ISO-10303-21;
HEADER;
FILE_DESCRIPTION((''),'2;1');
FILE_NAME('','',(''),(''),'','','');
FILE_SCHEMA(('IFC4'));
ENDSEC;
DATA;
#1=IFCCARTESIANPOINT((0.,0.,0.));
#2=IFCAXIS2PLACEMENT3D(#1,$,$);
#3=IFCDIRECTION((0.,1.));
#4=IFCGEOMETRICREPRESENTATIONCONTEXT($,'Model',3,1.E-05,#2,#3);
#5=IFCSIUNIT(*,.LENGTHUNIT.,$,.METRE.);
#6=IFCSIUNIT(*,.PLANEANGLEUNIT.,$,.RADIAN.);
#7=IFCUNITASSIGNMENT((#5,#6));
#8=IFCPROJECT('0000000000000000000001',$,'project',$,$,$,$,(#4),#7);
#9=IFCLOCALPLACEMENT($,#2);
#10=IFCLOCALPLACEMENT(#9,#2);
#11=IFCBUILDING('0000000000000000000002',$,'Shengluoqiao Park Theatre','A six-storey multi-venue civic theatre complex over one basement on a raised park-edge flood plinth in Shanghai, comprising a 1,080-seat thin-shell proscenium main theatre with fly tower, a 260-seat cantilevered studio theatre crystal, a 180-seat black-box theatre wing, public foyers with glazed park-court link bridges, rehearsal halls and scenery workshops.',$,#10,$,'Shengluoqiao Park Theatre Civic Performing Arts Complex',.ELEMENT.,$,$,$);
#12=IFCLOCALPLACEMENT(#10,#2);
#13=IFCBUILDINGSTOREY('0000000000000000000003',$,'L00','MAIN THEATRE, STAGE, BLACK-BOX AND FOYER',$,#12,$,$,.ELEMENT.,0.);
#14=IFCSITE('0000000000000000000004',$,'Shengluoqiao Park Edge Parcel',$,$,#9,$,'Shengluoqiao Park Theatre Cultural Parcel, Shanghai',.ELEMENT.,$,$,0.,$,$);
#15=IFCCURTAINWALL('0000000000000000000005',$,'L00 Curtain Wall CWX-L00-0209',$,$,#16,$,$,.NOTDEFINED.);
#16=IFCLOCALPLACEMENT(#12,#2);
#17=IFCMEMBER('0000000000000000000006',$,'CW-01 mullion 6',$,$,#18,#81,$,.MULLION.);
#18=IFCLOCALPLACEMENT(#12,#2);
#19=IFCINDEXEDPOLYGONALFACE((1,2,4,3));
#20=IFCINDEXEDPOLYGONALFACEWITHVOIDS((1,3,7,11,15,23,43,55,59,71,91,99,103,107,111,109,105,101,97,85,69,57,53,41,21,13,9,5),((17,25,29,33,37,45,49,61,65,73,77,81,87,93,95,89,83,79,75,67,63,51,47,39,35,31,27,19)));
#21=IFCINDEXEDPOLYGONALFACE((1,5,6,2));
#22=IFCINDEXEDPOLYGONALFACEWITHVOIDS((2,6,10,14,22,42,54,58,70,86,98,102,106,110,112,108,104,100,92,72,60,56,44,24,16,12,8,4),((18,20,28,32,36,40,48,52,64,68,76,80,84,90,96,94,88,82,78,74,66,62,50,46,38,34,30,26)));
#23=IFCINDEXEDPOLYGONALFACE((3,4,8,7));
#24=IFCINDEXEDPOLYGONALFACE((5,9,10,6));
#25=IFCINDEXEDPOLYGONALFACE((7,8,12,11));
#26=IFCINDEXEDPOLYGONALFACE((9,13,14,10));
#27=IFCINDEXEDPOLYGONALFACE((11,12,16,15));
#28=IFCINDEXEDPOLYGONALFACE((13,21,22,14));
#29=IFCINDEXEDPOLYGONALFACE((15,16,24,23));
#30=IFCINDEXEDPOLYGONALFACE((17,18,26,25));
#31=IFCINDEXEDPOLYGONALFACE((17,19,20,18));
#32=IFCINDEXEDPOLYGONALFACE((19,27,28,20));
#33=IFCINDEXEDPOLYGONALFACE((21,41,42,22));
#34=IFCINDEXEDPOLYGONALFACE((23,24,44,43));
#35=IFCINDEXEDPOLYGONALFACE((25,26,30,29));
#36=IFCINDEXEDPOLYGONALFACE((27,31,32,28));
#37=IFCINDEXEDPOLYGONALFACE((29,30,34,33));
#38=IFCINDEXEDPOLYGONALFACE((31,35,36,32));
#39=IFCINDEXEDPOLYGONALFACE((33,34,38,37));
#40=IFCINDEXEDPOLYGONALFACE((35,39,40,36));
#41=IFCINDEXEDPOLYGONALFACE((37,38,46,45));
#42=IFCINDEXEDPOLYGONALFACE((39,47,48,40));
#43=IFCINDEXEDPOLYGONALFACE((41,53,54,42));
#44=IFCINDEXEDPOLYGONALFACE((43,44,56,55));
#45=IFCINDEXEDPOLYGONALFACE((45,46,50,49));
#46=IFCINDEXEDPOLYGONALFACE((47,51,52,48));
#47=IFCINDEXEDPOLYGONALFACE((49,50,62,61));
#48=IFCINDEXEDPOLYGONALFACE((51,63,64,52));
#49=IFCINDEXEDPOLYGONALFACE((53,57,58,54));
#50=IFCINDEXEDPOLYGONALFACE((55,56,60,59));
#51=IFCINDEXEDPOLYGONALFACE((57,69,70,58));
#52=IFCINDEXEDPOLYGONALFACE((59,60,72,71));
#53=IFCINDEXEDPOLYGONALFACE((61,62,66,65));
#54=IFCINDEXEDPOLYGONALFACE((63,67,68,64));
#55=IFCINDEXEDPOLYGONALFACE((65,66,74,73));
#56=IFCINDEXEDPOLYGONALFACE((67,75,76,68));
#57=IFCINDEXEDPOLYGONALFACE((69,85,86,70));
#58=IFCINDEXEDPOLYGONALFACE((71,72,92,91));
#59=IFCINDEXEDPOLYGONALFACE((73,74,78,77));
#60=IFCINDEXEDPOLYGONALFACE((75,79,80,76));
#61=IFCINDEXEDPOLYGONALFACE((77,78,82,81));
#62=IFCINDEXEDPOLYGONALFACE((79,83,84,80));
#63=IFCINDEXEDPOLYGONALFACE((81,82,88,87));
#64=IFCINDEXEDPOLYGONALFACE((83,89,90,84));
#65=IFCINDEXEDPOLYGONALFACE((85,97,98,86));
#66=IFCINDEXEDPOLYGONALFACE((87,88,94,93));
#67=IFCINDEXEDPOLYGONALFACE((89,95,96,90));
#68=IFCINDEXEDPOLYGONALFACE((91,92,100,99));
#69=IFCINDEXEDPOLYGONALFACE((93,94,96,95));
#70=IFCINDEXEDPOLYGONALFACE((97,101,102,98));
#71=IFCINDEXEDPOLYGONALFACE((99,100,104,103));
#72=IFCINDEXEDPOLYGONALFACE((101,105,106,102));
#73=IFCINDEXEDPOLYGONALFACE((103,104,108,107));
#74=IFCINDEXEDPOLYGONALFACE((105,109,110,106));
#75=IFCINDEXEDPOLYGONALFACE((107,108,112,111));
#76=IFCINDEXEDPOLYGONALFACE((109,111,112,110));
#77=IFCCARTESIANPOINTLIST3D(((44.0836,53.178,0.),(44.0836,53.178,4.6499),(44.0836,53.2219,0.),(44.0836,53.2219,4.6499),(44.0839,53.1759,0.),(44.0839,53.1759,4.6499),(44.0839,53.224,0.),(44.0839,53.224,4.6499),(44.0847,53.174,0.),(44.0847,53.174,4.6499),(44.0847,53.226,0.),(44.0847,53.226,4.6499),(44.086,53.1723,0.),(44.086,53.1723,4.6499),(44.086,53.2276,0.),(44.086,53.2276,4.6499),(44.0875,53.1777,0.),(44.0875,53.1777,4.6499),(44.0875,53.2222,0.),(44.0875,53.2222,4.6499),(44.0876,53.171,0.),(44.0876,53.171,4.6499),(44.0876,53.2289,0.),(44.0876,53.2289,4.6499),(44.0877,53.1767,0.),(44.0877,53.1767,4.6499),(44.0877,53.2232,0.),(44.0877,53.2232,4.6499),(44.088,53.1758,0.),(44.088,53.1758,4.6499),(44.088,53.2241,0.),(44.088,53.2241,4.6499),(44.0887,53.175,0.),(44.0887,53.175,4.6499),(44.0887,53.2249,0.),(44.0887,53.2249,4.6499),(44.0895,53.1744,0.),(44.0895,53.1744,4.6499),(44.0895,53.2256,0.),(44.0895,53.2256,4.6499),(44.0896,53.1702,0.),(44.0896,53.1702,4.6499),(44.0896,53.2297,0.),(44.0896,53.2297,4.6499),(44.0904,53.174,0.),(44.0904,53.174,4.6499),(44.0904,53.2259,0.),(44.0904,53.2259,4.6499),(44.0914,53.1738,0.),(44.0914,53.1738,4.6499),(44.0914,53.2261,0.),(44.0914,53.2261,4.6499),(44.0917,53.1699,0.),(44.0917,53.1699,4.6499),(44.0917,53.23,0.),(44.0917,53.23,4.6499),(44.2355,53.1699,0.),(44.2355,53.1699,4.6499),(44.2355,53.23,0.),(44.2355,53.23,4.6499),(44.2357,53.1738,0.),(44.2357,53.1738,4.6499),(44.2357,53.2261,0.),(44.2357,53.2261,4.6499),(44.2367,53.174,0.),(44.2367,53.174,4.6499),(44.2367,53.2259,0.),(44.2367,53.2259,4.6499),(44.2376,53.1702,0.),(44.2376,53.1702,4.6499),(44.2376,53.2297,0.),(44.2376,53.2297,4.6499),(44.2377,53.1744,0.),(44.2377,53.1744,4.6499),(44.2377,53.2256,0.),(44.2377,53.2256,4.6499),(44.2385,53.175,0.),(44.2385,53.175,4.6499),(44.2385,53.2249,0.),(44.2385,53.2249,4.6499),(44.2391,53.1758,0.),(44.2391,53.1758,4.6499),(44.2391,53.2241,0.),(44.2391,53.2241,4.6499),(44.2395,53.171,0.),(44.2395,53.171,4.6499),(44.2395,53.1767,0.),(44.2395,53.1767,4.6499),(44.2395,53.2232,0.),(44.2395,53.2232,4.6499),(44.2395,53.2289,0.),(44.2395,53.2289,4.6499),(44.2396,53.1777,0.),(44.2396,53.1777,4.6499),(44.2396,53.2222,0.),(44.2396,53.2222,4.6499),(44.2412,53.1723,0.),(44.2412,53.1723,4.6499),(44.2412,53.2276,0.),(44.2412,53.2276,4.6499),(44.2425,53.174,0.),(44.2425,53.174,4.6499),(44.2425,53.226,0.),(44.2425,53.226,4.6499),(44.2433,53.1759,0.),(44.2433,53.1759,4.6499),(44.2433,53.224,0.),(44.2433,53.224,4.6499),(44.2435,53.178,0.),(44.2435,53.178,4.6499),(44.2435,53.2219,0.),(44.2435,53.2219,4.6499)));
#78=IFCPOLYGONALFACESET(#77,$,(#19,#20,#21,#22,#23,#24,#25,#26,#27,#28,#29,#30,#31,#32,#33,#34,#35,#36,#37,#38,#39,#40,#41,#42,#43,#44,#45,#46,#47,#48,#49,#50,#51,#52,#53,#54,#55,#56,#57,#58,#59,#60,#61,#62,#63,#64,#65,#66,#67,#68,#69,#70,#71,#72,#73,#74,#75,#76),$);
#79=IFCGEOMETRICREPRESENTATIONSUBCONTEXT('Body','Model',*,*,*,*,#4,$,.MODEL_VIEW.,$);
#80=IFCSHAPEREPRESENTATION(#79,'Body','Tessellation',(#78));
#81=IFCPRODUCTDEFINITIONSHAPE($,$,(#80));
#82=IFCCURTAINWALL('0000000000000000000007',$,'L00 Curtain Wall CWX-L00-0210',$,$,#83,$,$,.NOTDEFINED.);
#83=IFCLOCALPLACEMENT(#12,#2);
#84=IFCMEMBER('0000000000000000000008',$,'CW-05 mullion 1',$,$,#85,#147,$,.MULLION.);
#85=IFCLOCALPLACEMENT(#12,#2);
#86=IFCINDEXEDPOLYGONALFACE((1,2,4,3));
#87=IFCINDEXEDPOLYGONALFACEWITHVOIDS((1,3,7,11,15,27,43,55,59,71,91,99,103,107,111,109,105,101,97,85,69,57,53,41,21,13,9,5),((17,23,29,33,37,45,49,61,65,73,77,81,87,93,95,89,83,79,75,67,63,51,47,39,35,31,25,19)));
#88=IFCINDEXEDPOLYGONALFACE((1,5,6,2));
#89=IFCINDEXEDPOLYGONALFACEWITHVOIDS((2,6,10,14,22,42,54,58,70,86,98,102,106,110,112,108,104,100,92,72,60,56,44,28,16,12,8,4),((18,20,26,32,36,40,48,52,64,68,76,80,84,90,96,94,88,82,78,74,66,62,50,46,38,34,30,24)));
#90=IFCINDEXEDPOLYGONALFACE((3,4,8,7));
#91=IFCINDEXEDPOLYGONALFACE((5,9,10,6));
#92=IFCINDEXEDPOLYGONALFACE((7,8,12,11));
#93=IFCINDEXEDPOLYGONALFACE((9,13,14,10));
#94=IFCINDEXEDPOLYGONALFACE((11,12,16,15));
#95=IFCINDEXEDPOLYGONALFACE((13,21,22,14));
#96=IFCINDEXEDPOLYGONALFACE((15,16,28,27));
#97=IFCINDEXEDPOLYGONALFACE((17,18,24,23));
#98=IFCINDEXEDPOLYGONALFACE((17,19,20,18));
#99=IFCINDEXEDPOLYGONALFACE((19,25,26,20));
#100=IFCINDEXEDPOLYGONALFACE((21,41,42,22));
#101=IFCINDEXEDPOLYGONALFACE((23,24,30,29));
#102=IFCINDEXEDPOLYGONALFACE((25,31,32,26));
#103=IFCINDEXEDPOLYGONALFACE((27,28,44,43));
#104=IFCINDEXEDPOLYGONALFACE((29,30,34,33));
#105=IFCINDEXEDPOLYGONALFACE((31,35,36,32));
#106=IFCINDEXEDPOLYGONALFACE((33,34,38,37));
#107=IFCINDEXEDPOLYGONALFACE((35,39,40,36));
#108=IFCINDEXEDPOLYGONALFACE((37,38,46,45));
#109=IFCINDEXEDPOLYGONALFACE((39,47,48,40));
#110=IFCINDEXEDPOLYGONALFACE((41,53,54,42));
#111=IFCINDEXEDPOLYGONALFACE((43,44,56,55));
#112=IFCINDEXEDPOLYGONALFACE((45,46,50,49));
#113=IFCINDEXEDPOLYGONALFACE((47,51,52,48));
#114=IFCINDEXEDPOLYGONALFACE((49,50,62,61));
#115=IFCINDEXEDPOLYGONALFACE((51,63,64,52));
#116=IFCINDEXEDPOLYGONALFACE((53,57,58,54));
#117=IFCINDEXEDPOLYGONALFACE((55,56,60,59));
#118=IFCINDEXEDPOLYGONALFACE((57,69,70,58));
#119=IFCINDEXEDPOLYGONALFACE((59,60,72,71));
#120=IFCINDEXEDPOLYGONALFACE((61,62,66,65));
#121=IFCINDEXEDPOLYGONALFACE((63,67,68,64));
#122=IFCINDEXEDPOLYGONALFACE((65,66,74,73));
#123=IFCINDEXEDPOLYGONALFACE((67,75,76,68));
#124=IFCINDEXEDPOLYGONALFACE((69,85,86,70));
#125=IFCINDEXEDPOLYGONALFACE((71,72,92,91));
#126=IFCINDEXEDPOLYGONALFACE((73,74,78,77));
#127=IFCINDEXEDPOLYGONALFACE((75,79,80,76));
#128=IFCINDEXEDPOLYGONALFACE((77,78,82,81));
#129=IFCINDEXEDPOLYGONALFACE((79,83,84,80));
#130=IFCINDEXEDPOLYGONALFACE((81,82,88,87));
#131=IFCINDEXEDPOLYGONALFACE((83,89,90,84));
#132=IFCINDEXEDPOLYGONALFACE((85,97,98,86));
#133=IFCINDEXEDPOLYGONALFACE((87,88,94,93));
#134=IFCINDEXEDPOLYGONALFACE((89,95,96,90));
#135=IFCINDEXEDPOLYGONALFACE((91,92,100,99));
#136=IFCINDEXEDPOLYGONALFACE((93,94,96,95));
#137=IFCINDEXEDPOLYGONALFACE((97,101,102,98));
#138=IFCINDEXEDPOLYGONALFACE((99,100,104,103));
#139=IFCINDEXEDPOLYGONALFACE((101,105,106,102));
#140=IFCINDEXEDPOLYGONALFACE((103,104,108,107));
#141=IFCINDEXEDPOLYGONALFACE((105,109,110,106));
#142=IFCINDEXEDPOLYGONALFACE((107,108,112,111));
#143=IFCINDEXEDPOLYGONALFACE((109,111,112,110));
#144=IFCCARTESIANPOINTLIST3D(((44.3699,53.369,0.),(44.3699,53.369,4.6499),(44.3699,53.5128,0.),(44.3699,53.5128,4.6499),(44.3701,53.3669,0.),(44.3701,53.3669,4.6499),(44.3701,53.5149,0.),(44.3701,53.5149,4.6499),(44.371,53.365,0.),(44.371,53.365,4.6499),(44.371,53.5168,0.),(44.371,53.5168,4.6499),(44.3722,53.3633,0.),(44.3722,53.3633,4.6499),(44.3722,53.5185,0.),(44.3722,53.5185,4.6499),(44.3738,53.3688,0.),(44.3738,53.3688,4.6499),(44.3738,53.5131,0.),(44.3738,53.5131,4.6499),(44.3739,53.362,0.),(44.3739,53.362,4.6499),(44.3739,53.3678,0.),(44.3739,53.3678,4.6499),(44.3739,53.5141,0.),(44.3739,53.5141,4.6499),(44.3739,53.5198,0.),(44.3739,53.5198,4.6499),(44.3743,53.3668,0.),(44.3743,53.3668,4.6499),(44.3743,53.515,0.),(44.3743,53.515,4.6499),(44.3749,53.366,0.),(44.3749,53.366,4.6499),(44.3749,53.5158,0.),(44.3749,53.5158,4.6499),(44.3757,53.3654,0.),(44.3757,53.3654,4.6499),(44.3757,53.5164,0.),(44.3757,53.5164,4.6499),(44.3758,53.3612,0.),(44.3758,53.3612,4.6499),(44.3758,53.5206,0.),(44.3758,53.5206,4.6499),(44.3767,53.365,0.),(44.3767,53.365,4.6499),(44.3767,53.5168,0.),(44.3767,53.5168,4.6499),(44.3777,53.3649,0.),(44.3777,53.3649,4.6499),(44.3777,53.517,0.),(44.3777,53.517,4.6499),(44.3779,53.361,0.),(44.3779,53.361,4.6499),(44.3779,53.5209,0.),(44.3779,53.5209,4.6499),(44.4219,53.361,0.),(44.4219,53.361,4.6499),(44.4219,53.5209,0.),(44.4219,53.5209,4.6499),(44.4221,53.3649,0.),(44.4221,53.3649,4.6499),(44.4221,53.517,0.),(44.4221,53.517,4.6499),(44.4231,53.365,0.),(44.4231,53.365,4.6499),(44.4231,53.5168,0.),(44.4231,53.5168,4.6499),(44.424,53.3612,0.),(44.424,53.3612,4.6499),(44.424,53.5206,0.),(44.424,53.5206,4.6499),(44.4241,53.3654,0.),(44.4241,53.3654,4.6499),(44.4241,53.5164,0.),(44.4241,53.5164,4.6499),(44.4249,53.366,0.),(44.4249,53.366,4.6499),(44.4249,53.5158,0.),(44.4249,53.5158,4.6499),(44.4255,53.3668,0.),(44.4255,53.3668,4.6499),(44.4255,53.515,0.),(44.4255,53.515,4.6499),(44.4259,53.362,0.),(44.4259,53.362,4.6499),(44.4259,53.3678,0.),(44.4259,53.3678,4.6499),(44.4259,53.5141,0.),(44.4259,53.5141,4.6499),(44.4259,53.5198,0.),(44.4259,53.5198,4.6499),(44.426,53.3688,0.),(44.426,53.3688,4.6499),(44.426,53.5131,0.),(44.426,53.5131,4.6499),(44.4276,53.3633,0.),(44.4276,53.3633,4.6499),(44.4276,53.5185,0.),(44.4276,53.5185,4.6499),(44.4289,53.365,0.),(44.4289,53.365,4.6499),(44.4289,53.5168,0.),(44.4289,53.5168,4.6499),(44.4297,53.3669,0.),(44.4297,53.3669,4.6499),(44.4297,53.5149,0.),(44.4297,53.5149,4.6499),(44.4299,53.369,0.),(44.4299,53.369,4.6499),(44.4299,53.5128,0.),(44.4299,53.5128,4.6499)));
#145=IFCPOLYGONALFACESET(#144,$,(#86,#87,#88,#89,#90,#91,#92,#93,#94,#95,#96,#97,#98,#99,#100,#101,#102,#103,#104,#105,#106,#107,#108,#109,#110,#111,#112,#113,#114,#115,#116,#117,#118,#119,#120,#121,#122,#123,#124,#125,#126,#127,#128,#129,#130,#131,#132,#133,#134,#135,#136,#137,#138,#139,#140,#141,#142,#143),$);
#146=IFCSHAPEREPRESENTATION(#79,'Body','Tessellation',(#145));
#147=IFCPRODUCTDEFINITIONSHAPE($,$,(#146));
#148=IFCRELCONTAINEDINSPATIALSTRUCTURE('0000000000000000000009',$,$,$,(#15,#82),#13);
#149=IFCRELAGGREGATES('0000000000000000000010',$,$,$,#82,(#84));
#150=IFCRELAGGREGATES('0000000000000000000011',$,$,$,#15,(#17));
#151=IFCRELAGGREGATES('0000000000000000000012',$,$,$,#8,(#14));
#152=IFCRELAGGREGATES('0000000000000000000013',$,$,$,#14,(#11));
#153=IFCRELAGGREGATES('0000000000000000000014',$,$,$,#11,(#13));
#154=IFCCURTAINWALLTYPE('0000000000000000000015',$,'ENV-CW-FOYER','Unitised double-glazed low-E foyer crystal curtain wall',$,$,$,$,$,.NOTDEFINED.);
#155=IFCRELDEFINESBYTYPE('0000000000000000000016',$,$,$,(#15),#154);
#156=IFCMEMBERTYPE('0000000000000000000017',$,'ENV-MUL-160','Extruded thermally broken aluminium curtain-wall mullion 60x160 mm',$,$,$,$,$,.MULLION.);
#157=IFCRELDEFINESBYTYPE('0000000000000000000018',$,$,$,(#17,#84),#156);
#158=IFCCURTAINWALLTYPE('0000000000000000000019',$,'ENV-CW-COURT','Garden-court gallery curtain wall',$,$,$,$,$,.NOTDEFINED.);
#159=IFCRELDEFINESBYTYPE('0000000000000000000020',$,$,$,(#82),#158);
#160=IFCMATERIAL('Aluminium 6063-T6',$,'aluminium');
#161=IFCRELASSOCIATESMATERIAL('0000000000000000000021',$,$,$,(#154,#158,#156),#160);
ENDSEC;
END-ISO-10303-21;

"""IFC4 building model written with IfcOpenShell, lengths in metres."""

from ifc_helpers import new_model, si_unit, direction, frame, origin, origin_2d, place, context, subcontext, project, spatial, hollow_rectangle, extrude, material, material_profile, profile_set, type_object, element, aggregate, save


model = new_model("IFC4")

# Units and contexts
model_context = context("Model", 3, precision=1e-05, world=origin(), true_north=direction((0.0, 1.0)))
body_context = subcontext(model_context, "Body", "Model", "MODEL_VIEW")
ifc_project = project(units=[si_unit("LENGTHUNIT", "METRE"), si_unit("PLANEANGLEUNIT", "RADIAN")], contexts=[model_context])

# Site, building, storey
site_placement = place(None, origin())
site = spatial("IfcSite", under=ifc_project, at=site_placement, Name="Shengluoqiao Park Edge Parcel", LongName="Shengluoqiao Park Theatre Cultural Parcel, Shanghai", CompositionType="ELEMENT", RefElevation=0.0)
building_placement = place(site_placement, origin())
building = spatial("IfcBuilding", under=site, at=building_placement, Name="Shengluoqiao Park Theatre", Description="A six-storey multi-venue civic theatre complex over one basement on a raised park-edge flood plinth in Shanghai, comprising a 1,080-seat thin-shell proscenium main theatre with fly tower, a 260-seat cantilevered studio theatre crystal, a 180-seat black-box theatre wing, public foyers with glazed park-court link bridges, rehearsal halls and scenery workshops.", LongName="Shengluoqiao Park Theatre Civic Performing Arts Complex", CompositionType="ELEMENT")
storey_placement = place(building_placement, origin())
storey = spatial("IfcBuildingStorey", under=building, at=storey_placement, Name="L00", Description="MAIN THEATRE, STAGE, BLACK-BOX AND FOYER", CompositionType="ELEMENT", Elevation=0.0)

# Curtain wall, member
ifc_material_1 = material(Name="Aluminium 6063-T6", Category="aluminium")
curtain_wall_type_1 = type_object("IfcCurtainWallType", Name="ENV-CW-FOYER", Description="Unitised double-glazed low-E foyer crystal curtain wall", PredefinedType="NOTDEFINED", material=ifc_material_1)
curtain_wall_1_placement = place(storey_placement, origin())
curtain_wall_1 = element("IfcCurtainWall", 1, at=curtain_wall_1_placement, inside=storey, type_object=curtain_wall_type_1, Name="L00 Curtain Wall CWX-L00-0209", PredefinedType="NOTDEFINED")
ifc_material_profile_1 = material_profile(ifc_material_1, hollow_rectangle(XDim=0.0601, YDim=0.1599, WallThickness=0.0039, InnerFilletRadius=0.0039, OuterFilletRadius=0.0081, at=origin_2d()), Name="ALU MULLION 160x60x4")
ifc_profile_set_1 = profile_set([ifc_material_profile_1], Name="Aluminium 6063-T6")
member_type_1 = type_object("IfcMemberType", Name="ENV-MUL-160", Description="Extruded thermally broken aluminium curtain-wall mullion 60x160 mm", PredefinedType="MULLION", material=ifc_profile_set_1)
member_1_placement = place(storey_placement, frame((44.1636, 53.2, 0.0), z_axis=(0.0, 0.0, 1.0), x_axis=(0.0, 1.0, 0.0)))
member_1 = element("IfcMember", 2, at=member_1_placement, type_object=member_type_1, Name="CW-01 mullion 6", PredefinedType="MULLION", context=body_context, shape_type="SweptSolid", body=[
    extrude(hollow_rectangle(XDim=0.0601, YDim=0.1599, WallThickness=0.0039, InnerFilletRadius=0.0039, OuterFilletRadius=0.0081, at=origin_2d()), origin(), (0.0, 0.0, 1.0), 4.6499),
])

# Curtain wall, member
curtain_wall_type_2 = type_object("IfcCurtainWallType", Name="ENV-CW-COURT", Description="Garden-court gallery curtain wall", PredefinedType="NOTDEFINED", material=ifc_material_1)
curtain_wall_2_placement = place(storey_placement, origin())
curtain_wall_2 = element("IfcCurtainWall", 3, at=curtain_wall_2_placement, inside=storey, type_object=curtain_wall_type_2, Name="L00 Curtain Wall CWX-L00-0210", PredefinedType="NOTDEFINED")
member_2_placement = place(storey_placement, frame((44.3999, 53.4409, 0.0), z_axis=(0.0, 0.0, 1.0), x_axis=(-1.0, 0.0, 0.0)))
member_2 = element("IfcMember", 4, at=member_2_placement, type_object=member_type_1, Name="CW-05 mullion 1", PredefinedType="MULLION", context=body_context, shape_type="SweptSolid", body=[
    extrude(hollow_rectangle(XDim=0.0601, YDim=0.1599, WallThickness=0.0039, InnerFilletRadius=0.0039, OuterFilletRadius=0.0081, at=origin_2d()), origin(), (0.0, 0.0, 1.0), 4.6499),
])

aggregate(curtain_wall_2, [member_2])

aggregate(curtain_wall_1, [member_1])

save(model, "model.ifc")
